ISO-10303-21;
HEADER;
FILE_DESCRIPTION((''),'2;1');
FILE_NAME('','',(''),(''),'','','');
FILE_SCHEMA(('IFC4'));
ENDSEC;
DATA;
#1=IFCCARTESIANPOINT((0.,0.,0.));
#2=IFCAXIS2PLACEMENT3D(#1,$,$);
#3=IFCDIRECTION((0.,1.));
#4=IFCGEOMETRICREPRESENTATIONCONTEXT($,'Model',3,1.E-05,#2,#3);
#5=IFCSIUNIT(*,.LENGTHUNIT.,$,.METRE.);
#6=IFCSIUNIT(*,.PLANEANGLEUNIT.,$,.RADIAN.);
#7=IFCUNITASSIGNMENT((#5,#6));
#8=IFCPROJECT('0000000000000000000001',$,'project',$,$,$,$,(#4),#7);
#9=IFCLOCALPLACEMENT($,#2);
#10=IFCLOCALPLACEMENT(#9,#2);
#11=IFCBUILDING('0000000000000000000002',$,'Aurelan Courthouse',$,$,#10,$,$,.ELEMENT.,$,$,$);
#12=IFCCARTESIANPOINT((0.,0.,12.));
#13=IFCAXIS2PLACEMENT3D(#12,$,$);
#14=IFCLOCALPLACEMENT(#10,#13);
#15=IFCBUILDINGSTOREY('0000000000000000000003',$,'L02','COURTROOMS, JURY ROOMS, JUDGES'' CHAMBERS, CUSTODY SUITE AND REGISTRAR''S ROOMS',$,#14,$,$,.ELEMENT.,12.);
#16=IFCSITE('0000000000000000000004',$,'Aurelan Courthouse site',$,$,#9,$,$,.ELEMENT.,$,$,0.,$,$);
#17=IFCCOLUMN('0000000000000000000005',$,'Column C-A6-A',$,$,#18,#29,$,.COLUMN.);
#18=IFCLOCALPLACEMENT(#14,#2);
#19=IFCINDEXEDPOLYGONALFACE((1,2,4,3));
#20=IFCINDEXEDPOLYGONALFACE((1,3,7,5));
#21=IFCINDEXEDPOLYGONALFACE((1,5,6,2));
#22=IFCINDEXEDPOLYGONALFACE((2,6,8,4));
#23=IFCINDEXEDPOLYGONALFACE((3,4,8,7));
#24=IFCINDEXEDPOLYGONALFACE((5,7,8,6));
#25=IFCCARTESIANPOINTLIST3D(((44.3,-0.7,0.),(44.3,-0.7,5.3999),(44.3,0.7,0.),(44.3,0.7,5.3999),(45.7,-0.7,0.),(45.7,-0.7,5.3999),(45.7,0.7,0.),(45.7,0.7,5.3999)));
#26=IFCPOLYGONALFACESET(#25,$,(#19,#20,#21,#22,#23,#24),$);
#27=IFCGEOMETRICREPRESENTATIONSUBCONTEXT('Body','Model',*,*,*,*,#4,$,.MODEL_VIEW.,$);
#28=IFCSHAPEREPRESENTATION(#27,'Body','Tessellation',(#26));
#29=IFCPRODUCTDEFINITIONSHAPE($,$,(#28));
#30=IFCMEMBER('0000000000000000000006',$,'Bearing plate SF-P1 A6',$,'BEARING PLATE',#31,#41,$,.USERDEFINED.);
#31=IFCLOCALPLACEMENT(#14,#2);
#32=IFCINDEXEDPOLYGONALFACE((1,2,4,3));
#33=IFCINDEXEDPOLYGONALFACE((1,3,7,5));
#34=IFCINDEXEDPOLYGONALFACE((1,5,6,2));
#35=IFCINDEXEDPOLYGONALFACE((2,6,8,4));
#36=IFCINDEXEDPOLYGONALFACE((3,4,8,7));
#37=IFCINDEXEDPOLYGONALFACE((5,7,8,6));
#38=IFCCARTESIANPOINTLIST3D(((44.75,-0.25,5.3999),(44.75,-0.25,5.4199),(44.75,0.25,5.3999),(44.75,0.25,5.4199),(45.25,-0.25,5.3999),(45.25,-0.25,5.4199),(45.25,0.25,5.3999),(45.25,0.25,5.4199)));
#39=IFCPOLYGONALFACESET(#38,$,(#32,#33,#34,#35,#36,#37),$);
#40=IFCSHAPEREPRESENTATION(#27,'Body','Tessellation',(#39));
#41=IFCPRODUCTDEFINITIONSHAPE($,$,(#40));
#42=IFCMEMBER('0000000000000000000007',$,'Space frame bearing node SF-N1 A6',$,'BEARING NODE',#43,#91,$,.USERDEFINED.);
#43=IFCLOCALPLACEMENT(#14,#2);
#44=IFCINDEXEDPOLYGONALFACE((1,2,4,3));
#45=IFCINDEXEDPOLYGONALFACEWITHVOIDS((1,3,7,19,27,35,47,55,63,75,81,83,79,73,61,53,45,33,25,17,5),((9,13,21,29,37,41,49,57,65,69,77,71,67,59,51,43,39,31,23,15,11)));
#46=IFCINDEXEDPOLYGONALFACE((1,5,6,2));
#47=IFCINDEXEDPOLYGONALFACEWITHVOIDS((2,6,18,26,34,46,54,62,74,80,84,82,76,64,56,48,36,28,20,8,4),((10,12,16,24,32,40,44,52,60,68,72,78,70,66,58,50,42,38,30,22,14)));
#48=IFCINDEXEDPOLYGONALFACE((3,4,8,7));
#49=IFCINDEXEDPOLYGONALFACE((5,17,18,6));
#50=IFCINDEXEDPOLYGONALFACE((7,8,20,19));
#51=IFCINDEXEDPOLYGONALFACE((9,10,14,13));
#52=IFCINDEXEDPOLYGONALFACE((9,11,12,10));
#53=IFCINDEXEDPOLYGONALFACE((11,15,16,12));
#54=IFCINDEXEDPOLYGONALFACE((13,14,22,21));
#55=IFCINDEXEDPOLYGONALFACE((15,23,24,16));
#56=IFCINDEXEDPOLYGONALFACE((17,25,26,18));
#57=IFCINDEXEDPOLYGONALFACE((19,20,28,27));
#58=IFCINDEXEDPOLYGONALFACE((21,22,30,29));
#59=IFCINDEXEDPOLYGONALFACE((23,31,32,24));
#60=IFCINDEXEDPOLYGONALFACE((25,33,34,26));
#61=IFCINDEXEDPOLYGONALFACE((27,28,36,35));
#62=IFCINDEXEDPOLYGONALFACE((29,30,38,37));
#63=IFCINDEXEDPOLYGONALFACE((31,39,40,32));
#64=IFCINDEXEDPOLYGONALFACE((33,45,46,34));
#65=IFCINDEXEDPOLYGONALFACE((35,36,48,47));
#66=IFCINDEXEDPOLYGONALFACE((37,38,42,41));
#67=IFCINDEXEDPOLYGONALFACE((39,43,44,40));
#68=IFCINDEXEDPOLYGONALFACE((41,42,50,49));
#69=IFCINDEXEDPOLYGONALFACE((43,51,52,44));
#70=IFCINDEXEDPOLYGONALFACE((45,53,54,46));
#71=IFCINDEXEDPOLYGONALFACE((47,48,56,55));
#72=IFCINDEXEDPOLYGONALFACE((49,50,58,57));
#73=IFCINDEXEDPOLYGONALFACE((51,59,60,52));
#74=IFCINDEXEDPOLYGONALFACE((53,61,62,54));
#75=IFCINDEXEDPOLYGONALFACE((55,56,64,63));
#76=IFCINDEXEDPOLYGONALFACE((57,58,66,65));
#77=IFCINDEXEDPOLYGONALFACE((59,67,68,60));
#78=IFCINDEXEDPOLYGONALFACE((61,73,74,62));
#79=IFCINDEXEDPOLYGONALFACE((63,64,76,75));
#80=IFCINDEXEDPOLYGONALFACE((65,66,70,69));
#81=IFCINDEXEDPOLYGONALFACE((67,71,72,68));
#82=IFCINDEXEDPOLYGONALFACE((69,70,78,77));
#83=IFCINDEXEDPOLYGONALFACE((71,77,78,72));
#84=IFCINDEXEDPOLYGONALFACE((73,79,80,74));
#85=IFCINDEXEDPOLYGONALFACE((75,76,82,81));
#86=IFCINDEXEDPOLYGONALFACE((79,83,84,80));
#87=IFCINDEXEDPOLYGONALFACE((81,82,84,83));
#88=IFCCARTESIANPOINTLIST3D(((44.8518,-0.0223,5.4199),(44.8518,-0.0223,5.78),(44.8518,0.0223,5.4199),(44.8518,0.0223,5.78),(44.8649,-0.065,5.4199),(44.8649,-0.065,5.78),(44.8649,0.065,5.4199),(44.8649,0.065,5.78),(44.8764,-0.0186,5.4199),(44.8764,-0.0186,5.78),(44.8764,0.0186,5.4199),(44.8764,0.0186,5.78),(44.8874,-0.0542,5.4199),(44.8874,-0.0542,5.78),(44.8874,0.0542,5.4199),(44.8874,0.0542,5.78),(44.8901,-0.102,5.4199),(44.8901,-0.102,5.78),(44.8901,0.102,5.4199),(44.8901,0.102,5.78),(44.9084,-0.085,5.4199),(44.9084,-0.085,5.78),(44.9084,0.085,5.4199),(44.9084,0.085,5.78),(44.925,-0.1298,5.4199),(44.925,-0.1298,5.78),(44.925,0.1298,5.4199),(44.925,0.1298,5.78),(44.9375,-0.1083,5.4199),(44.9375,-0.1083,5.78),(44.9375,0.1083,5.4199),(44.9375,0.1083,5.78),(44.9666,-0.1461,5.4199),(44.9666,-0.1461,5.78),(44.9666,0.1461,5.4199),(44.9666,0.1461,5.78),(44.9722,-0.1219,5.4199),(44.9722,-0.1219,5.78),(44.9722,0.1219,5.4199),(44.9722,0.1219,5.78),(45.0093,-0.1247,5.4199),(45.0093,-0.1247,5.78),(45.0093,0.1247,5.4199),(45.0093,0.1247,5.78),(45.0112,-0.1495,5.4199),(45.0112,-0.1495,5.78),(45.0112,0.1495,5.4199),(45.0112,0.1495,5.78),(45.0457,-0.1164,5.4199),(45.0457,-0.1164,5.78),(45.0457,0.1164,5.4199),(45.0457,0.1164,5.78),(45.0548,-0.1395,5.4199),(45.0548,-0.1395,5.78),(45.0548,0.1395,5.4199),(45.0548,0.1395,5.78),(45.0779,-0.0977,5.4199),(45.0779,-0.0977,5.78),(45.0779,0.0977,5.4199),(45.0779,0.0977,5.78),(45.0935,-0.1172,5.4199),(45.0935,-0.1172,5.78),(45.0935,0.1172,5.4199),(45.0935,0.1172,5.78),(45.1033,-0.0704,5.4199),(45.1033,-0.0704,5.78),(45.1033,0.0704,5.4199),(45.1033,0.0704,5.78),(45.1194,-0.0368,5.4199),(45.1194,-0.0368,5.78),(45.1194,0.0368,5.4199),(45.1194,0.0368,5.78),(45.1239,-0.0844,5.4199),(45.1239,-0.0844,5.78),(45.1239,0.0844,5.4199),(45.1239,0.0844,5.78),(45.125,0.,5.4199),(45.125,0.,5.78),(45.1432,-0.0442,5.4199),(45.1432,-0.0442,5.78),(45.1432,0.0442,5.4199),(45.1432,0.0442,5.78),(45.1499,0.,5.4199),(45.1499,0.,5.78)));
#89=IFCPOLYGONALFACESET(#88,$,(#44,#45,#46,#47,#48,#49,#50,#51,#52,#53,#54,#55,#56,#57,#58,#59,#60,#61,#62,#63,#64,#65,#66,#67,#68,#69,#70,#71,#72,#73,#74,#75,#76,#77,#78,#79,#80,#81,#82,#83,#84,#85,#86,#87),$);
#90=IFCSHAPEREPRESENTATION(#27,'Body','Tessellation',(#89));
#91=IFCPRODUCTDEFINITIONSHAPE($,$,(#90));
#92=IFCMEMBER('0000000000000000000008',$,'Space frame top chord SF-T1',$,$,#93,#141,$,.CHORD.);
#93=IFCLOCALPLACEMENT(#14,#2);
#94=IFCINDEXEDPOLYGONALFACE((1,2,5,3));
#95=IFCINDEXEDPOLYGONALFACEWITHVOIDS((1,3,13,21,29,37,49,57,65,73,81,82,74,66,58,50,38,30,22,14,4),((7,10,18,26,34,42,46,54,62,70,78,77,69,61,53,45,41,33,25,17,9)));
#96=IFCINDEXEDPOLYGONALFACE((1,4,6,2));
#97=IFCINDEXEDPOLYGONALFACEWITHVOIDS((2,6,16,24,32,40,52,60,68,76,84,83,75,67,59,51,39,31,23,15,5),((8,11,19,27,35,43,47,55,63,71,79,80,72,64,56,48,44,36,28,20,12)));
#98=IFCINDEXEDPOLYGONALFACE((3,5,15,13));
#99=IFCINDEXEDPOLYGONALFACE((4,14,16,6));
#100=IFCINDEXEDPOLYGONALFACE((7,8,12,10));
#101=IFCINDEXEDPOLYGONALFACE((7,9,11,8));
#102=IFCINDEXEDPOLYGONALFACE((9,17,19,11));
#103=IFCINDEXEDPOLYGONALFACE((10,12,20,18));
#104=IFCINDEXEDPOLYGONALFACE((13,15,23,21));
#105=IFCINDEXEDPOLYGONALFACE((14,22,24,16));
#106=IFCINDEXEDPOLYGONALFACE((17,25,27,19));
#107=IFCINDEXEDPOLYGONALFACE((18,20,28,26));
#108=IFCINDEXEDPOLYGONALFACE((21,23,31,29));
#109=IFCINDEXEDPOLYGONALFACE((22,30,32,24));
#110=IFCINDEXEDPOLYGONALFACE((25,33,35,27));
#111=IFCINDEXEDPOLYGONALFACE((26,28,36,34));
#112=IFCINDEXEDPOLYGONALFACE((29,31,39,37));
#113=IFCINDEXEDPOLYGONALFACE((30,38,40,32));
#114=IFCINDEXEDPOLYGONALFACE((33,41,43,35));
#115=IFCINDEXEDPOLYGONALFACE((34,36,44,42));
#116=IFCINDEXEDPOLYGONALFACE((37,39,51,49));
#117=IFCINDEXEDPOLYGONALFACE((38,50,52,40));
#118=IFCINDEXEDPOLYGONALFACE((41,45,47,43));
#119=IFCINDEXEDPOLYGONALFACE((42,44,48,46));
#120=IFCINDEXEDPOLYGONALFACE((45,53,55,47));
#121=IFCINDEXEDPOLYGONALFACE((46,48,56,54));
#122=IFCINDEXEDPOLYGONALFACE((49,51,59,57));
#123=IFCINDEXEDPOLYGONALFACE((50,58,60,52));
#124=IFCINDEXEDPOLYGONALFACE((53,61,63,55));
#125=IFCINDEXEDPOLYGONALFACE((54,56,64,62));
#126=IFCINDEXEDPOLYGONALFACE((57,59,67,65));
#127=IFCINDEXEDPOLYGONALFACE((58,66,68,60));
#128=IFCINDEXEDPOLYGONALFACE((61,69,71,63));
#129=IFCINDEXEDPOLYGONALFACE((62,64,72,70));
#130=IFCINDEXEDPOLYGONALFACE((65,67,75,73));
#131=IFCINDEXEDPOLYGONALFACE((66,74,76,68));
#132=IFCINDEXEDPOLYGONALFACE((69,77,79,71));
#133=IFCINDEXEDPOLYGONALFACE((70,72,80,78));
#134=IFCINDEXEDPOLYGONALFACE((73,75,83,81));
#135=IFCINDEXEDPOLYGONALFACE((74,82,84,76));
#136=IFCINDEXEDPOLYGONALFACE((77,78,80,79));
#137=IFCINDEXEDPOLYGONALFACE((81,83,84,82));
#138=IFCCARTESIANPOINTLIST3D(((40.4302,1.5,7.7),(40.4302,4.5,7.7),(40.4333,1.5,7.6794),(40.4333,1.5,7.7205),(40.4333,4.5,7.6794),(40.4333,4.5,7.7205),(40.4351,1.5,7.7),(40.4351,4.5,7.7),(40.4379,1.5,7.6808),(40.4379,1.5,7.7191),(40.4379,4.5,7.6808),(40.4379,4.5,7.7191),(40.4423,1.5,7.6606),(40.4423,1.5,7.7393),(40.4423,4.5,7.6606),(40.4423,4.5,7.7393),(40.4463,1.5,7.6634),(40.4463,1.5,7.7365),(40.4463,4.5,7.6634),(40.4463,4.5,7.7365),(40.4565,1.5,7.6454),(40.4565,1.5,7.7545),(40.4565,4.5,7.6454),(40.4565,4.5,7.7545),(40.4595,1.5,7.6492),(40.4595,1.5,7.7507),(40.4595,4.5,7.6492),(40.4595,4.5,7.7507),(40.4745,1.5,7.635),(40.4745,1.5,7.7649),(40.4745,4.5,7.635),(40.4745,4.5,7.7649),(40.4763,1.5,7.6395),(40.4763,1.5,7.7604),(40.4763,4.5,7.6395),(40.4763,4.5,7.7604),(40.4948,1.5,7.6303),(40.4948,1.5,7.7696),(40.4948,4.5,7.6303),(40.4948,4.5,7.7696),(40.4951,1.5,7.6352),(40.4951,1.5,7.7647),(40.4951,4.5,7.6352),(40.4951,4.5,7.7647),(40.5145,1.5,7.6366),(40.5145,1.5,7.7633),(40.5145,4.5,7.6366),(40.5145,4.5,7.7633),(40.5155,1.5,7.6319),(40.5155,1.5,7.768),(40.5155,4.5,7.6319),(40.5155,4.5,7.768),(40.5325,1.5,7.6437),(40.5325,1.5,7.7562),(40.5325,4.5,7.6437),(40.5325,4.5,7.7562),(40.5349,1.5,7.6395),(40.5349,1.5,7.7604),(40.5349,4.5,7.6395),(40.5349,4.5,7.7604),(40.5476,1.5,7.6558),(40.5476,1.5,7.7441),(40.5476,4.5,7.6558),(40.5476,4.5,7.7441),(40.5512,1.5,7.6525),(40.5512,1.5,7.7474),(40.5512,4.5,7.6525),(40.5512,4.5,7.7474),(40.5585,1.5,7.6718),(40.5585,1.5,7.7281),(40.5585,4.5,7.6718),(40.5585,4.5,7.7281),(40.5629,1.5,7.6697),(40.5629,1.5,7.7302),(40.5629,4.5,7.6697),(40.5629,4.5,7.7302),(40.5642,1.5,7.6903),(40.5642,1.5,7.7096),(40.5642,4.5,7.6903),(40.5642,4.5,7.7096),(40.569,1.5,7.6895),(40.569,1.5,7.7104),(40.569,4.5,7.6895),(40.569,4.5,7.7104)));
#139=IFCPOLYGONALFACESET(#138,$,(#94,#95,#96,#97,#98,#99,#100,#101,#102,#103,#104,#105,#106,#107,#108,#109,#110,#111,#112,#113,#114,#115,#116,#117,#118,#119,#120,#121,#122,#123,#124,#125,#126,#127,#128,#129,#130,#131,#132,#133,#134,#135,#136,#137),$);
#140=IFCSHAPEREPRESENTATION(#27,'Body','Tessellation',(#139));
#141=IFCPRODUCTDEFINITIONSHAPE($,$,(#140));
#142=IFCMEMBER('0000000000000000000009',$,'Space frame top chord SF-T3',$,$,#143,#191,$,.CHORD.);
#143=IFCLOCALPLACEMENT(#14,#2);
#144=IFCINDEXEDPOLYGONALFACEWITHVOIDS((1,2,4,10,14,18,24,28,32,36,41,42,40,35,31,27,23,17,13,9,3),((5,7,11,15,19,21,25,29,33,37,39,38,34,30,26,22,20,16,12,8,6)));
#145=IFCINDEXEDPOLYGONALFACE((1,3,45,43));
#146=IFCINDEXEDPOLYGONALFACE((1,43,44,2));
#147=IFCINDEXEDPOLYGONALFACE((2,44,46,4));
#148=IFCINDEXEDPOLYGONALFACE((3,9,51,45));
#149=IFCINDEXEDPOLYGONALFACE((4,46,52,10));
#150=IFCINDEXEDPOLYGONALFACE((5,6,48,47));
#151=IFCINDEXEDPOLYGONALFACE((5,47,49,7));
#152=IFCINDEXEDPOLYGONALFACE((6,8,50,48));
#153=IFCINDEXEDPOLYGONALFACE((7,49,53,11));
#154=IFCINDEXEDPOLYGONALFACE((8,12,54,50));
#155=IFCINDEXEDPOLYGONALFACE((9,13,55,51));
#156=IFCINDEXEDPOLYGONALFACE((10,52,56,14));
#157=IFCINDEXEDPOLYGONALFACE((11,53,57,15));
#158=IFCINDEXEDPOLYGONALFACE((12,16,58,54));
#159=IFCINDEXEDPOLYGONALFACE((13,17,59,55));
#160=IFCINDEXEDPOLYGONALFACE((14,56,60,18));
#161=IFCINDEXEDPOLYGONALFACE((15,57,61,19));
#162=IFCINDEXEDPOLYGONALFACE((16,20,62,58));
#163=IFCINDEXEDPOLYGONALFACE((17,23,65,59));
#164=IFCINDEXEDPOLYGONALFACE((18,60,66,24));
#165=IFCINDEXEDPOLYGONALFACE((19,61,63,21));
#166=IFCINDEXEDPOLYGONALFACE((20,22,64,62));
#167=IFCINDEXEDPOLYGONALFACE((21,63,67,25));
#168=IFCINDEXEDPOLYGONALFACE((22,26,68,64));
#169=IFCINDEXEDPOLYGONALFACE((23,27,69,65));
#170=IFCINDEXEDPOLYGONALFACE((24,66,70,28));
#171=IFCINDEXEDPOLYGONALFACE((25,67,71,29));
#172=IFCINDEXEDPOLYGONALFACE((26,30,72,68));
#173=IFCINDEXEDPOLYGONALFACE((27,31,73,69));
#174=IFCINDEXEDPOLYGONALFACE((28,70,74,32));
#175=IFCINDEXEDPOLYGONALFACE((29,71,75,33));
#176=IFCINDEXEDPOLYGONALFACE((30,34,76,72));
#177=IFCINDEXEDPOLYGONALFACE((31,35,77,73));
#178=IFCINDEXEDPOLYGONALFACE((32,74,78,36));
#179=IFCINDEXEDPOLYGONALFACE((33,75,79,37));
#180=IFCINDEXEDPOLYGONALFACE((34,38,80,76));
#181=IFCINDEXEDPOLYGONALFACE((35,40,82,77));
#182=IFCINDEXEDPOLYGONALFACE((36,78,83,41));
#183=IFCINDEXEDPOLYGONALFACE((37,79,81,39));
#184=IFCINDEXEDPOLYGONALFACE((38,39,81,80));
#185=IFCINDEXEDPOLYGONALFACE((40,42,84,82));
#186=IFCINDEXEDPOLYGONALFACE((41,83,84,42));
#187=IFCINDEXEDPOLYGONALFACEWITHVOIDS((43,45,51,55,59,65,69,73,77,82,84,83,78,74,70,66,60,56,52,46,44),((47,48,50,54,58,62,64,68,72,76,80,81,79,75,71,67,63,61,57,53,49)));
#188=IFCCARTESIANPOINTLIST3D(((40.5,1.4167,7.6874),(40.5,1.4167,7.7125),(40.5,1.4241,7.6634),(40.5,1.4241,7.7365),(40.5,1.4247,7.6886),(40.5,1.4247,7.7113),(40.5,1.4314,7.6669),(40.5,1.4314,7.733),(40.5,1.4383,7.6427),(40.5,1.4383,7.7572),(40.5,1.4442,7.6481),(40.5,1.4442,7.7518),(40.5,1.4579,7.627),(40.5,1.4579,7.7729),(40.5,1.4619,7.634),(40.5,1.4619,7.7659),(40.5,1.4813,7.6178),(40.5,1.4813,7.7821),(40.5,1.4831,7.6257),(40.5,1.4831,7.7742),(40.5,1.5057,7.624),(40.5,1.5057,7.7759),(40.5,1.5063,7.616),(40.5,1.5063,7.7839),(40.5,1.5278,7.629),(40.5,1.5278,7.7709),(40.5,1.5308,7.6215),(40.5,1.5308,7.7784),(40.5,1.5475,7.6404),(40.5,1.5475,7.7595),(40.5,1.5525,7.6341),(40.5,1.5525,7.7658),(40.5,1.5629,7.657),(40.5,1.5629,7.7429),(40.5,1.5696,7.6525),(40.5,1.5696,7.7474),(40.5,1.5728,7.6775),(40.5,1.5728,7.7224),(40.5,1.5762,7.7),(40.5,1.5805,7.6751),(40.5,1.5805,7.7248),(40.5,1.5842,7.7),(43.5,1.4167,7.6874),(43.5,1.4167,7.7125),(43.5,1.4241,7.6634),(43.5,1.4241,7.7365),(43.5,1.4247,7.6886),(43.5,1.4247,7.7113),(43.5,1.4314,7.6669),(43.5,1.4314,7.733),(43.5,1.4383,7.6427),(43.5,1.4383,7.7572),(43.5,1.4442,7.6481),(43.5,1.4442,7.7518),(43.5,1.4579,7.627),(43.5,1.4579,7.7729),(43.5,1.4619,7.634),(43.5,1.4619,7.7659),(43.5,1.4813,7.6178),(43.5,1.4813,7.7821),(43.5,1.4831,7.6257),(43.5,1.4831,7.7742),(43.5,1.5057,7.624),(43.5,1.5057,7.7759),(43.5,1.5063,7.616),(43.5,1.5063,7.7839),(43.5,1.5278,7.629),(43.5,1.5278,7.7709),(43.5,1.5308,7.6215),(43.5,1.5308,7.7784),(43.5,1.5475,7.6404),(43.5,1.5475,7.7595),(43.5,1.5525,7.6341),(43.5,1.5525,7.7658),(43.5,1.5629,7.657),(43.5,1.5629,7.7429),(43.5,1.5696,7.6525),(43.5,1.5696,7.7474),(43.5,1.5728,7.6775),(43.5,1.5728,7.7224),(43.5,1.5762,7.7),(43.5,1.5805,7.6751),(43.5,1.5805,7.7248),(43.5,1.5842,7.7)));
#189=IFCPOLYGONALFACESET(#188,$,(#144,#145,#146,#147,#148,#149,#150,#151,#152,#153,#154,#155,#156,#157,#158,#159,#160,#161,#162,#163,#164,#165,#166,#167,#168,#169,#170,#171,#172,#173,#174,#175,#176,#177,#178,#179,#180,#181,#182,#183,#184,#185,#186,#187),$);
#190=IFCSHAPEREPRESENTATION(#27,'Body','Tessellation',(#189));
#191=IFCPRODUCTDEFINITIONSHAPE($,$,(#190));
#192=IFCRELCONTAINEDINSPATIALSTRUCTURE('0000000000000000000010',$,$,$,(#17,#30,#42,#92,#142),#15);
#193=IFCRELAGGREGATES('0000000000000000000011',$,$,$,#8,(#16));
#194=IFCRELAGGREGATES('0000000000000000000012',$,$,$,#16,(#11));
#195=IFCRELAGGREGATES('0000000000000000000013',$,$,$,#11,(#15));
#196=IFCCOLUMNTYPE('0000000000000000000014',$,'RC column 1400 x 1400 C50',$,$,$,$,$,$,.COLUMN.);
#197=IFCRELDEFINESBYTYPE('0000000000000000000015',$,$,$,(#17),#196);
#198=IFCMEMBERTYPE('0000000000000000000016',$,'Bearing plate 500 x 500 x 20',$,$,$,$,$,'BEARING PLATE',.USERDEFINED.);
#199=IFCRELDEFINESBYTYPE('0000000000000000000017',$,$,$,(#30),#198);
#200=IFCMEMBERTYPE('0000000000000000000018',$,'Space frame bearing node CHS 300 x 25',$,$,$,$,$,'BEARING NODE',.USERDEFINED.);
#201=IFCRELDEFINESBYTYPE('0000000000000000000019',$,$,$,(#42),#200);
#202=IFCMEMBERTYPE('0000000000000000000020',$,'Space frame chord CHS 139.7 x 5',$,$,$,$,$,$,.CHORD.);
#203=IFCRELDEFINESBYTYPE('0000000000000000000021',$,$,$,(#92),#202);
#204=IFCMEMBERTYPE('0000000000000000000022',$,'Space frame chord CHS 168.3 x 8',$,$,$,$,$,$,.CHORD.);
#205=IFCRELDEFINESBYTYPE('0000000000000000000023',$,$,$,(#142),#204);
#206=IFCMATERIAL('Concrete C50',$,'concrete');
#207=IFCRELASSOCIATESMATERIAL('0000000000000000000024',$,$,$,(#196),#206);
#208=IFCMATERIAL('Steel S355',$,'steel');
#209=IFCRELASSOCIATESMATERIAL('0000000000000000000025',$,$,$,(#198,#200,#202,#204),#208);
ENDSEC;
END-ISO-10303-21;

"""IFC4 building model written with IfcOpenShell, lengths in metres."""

from ifc_helpers import new_model, si_unit, direction, frame, origin, origin_2d, place, context, subcontext, project, spatial, rectangle, hollow_circle, extrude, material, material_profile, profile_set, type_object, element, save


model = new_model("IFC4")

# Units and contexts
model_context = context("Model", 3, precision=1e-05, world=origin(), true_north=direction((0.0, 1.0)))
body_context = subcontext(model_context, "Body", "Model", "MODEL_VIEW")
ifc_project = project(units=[si_unit("LENGTHUNIT", "METRE"), si_unit("PLANEANGLEUNIT", "RADIAN")], contexts=[model_context])

# Site, building, storey
site_placement = place(None, origin())
site = spatial("IfcSite", under=ifc_project, at=site_placement, Name="Aurelan Courthouse site", CompositionType="ELEMENT", RefElevation=0.0)
building_placement = place(site_placement, origin())
building = spatial("IfcBuilding", under=site, at=building_placement, Name="Aurelan Courthouse", CompositionType="ELEMENT")
storey_placement = place(building_placement, frame((0.0, 0.0, 12.0)))
storey = spatial("IfcBuildingStorey", under=building, at=storey_placement, Name="L02", Description="COURTROOMS, JURY ROOMS, JUDGES' CHAMBERS, CUSTODY SUITE AND REGISTRAR'S ROOMS", CompositionType="ELEMENT", Elevation=12.0)

# Column
ifc_material_1 = material(Name="Concrete C50", Category="concrete")
ifc_material_profile_1 = material_profile(ifc_material_1, rectangle(XDim=1.3999, YDim=1.3999, at=origin_2d()), Name="RC 1400 x 1400")
ifc_profile_set_1 = profile_set([ifc_material_profile_1], Name="Concrete C50")
column_type = type_object("IfcColumnType", Name="RC column 1400 x 1400 C50", PredefinedType="COLUMN", material=ifc_profile_set_1)
column_placement = place(storey_placement, frame((45.0, 0.0, 0.0), z_axis=(0.0, 0.0, 1.0), x_axis=(1.0, 0.0, 0.0)))
element("IfcColumn", 1, at=column_placement, inside=storey, type_object=column_type, Name="Column C-A6-A", PredefinedType="COLUMN", context=body_context, shape_type="SweptSolid", body=[
    extrude(rectangle(XDim=1.3999, YDim=1.3999, at=origin_2d()), origin(), (0.0, 0.0, 1.0), 5.3999),
])

# Members
ifc_material_2 = material(Name="Steel S355", Category="steel")
ifc_material_profile_2 = material_profile(ifc_material_2, rectangle(XDim=0.5, YDim=0.5, at=origin_2d()), Name="PL 500 x 500")
ifc_profile_set_2 = profile_set([ifc_material_profile_2], Name="Steel S355")
member_type_1 = type_object("IfcMemberType", Name="Bearing plate 500 x 500 x 20", ElementType="BEARING PLATE", PredefinedType="USERDEFINED", material=ifc_profile_set_2)
member_1_placement = place(storey_placement, frame((45.0, 0.0, 5.3999), z_axis=(0.0, 0.0, 1.0), x_axis=(1.0, 0.0, 0.0)))
element("IfcMember", 2, at=member_1_placement, inside=storey, type_object=member_type_1, Name="Bearing plate SF-P1 A6", ObjectType="BEARING PLATE", PredefinedType="USERDEFINED", context=body_context, shape_type="SweptSolid", body=[
    extrude(rectangle(XDim=0.5, YDim=0.5, at=origin_2d()), origin(), (0.0, 0.0, 1.0), 0.02),
])
ifc_material_profile_3 = material_profile(ifc_material_2, hollow_circle(Radius=0.1499, WallThickness=0.0249, at=origin_2d()), Name="CHS 300 x 25")
ifc_profile_set_3 = profile_set([ifc_material_profile_3], Name="Steel S355")
member_type_2 = type_object("IfcMemberType", Name="Space frame bearing node CHS 300 x 25", ElementType="BEARING NODE", PredefinedType="USERDEFINED", material=ifc_profile_set_3)
member_2_placement = place(storey_placement, frame((45.0, 0.0, 5.4199), z_axis=(0.0, 0.0, 1.0), x_axis=(1.0, 0.0, 0.0)))
element("IfcMember", 3, at=member_2_placement, inside=storey, type_object=member_type_2, Name="Space frame bearing node SF-N1 A6", ObjectType="BEARING NODE", PredefinedType="USERDEFINED", context=body_context, shape_type="SweptSolid", body=[
    extrude(hollow_circle(Radius=0.1499, WallThickness=0.0249, at=origin_2d()), origin(), (0.0, 0.0, 1.0), 0.3601),
])
ifc_material_profile_4 = material_profile(ifc_material_2, hollow_circle(Radius=0.0698, WallThickness=0.0049, at=origin_2d()), Name="CHS 139.7 x 5")
ifc_profile_set_4 = profile_set([ifc_material_profile_4], Name="Steel S355")
member_type_3 = type_object("IfcMemberType", Name="Space frame chord CHS 139.7 x 5", PredefinedType="CHORD", material=ifc_profile_set_4)
member_3_placement = place(storey_placement, frame((40.5, 1.5, 7.7), z_axis=(0.0, 1.0, 0.0), x_axis=(-1.0, 0.0, 0.0)))
element("IfcMember", 4, at=member_3_placement, inside=storey, type_object=member_type_3, Name="Space frame top chord SF-T1", PredefinedType="CHORD", context=body_context, shape_type="SweptSolid", body=[
    extrude(hollow_circle(Radius=0.0698, WallThickness=0.0049, at=origin_2d()), origin(), (0.0, 0.0, 1.0), 3.0),
])
ifc_material_profile_5 = material_profile(ifc_material_2, hollow_circle(Radius=0.0842, WallThickness=0.0081, at=origin_2d()), Name="CHS 168.3 x 8")
ifc_profile_set_5 = profile_set([ifc_material_profile_5], Name="Steel S355")
member_type_4 = type_object("IfcMemberType", Name="Space frame chord CHS 168.3 x 8", PredefinedType="CHORD", material=ifc_profile_set_5)
member_4_placement = place(storey_placement, frame((40.5, 1.5, 7.7), z_axis=(1.0, 0.0, 0.0), x_axis=(0.0, 1.0, 0.0)))
element("IfcMember", 5, at=member_4_placement, inside=storey, type_object=member_type_4, Name="Space frame top chord SF-T3", PredefinedType="CHORD", context=body_context, shape_type="SweptSolid", body=[
    extrude(hollow_circle(Radius=0.0842, WallThickness=0.0081, at=origin_2d()), origin(), (0.0, 0.0, 1.0), 3.0),
])

save(model, "model.ifc")
